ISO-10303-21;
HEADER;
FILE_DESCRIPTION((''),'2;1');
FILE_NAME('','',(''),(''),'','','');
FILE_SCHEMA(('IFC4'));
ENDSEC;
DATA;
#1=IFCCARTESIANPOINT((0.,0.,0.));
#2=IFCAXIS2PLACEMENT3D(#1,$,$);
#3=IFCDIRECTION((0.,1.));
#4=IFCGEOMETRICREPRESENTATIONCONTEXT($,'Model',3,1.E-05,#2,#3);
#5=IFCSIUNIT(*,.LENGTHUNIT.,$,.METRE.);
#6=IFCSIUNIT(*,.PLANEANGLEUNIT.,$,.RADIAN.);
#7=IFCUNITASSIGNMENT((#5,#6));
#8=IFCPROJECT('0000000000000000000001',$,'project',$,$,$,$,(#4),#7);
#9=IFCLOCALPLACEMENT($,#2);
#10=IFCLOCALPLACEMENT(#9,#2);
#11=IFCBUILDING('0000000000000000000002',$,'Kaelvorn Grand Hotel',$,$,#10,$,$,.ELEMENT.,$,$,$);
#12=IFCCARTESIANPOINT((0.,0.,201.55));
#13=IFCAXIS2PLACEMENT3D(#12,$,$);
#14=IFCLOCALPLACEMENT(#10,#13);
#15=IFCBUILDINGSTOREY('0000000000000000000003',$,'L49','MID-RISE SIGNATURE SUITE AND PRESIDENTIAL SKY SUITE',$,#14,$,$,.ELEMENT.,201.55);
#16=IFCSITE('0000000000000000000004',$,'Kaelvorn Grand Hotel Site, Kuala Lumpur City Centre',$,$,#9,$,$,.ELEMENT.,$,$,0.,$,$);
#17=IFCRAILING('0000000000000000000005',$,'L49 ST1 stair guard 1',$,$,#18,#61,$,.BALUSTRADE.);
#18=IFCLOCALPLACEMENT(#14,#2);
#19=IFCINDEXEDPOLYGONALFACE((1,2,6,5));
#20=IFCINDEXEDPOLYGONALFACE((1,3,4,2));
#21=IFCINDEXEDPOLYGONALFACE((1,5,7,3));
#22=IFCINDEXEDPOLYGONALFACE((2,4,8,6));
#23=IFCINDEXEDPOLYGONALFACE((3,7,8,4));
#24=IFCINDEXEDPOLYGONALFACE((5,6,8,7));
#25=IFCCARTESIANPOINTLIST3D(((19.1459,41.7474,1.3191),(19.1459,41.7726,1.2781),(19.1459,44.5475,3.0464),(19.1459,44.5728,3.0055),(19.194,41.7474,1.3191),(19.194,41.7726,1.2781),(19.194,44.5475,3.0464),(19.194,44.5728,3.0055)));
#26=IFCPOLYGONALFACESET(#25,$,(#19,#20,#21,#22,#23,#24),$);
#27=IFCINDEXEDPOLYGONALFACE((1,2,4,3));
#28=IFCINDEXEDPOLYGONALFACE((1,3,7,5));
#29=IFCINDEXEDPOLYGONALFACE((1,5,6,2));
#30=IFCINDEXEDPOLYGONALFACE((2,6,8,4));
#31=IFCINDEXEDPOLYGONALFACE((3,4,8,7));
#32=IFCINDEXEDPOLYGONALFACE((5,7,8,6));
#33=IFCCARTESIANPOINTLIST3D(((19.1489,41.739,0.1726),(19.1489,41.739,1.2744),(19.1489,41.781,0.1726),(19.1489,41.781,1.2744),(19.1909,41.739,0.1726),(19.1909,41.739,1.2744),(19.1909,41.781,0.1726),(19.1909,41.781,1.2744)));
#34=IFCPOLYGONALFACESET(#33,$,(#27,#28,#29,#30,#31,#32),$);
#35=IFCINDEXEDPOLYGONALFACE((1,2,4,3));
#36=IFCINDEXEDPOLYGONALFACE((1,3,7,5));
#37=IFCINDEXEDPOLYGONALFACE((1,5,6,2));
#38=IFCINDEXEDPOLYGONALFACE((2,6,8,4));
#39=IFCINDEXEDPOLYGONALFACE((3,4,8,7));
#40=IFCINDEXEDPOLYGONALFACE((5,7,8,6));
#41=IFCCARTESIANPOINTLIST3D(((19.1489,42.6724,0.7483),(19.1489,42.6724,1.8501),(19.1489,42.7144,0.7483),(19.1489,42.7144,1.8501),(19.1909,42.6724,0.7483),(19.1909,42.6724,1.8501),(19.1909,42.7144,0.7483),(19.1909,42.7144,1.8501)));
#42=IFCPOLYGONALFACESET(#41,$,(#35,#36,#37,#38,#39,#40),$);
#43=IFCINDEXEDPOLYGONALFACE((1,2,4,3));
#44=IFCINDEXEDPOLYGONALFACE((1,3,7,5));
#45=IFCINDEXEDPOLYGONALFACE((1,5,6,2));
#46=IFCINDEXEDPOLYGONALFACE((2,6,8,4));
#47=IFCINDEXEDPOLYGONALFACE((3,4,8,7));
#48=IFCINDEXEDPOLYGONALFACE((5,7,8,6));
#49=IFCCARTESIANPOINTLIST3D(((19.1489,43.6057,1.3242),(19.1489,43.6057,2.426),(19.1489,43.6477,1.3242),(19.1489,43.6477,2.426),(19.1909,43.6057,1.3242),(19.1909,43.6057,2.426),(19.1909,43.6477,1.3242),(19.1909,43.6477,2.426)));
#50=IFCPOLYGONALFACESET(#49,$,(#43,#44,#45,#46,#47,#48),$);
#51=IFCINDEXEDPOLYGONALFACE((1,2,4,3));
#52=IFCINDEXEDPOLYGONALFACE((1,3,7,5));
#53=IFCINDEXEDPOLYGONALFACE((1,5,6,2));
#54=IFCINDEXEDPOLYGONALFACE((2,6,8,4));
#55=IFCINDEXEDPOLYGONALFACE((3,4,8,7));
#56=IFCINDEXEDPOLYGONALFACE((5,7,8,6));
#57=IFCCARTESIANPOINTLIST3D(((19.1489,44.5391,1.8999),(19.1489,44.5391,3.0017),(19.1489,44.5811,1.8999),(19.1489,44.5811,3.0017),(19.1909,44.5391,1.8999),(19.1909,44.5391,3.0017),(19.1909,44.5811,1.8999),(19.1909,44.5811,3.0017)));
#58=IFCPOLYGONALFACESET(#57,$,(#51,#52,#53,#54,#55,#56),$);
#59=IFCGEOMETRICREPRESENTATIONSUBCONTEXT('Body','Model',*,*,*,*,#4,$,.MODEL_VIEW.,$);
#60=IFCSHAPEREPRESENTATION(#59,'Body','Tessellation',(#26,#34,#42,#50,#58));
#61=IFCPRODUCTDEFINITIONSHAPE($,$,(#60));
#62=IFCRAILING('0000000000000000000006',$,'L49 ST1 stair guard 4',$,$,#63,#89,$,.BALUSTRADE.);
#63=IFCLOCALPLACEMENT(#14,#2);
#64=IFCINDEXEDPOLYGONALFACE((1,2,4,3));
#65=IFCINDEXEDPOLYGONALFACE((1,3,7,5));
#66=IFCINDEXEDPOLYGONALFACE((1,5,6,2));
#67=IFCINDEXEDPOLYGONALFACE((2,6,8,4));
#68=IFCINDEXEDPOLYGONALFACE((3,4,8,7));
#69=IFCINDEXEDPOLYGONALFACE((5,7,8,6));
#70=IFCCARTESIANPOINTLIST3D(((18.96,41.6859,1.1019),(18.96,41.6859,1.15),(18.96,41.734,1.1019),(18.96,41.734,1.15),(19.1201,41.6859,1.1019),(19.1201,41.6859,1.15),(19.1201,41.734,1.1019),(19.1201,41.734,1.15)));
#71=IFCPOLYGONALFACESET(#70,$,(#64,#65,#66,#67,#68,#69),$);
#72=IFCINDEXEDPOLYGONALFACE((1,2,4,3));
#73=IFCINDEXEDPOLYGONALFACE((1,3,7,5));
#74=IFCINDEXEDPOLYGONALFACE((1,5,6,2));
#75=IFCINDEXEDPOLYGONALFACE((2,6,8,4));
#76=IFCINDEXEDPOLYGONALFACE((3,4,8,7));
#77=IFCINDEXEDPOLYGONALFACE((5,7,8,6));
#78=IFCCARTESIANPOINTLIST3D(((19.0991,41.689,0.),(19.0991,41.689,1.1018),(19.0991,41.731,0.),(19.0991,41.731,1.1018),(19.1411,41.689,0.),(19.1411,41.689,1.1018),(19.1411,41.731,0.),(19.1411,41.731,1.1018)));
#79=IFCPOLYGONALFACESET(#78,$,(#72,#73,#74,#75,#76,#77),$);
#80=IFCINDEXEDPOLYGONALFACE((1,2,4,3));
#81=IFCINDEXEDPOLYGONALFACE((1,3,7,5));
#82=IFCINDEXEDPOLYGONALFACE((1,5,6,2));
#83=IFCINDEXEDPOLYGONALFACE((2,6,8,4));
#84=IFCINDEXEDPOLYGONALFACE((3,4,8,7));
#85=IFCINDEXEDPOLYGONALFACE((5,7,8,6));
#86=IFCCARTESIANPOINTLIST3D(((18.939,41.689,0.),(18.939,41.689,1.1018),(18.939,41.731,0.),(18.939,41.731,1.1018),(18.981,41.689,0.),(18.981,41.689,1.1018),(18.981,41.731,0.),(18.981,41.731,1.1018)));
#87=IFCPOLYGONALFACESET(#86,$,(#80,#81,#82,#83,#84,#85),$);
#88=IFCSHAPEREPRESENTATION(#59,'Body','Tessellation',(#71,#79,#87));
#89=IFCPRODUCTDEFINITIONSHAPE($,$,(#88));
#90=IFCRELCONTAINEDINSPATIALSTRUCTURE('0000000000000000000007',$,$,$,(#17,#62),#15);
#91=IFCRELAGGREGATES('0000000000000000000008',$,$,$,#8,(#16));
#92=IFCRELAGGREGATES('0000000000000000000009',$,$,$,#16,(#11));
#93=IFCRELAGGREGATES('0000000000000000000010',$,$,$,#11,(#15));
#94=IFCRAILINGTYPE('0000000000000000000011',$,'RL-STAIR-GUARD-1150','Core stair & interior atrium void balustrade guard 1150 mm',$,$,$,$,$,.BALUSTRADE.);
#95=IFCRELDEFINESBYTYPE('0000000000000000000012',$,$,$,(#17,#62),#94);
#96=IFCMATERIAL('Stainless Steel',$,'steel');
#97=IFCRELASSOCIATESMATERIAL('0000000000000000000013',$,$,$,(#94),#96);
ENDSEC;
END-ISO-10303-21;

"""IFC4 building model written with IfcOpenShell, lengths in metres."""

from ifc_helpers import new_model, si_unit, direction, frame, origin, origin_2d, place, context, subcontext, project, spatial, rectangle, extrude, material, type_object, element, save


model = new_model("IFC4")

# Units and contexts
model_context = context("Model", 3, precision=1e-05, world=origin(), true_north=direction((0.0, 1.0)))
body_context = subcontext(model_context, "Body", "Model", "MODEL_VIEW")
ifc_project = project(units=[si_unit("LENGTHUNIT", "METRE"), si_unit("PLANEANGLEUNIT", "RADIAN")], contexts=[model_context])

# Site, building, storey
site_placement = place(None, origin())
site = spatial("IfcSite", under=ifc_project, at=site_placement, Name="Kaelvorn Grand Hotel Site, Kuala Lumpur City Centre", CompositionType="ELEMENT", RefElevation=0.0)
building_placement = place(site_placement, origin())
building = spatial("IfcBuilding", under=site, at=building_placement, Name="Kaelvorn Grand Hotel", CompositionType="ELEMENT")
storey_placement = place(building_placement, frame((0.0, 0.0, 201.55)))
storey = spatial("IfcBuildingStorey", under=building, at=storey_placement, Name="L49", Description="MID-RISE SIGNATURE SUITE AND PRESIDENTIAL SKY SUITE", CompositionType="ELEMENT", Elevation=201.55)

# Shared definitions
ifc_material_1 = material(Name="Stainless Steel", Category="steel")

# Railings
railing_type = type_object("IfcRailingType", Name="RL-STAIR-GUARD-1150", Description="Core stair & interior atrium void balustrade guard 1150 mm", PredefinedType="BALUSTRADE", material=ifc_material_1)
railing_1_placement = place(storey_placement, frame((19.1699, 41.76, 0.1726)))
element("IfcRailing", 1, at=railing_1_placement, inside=storey, type_object=railing_type, Name="L49 ST1 stair guard 1", PredefinedType="BALUSTRADE", context=body_context, shape_type="SweptSolid", body=[
    extrude(rectangle(XDim=0.0481, YDim=0.0481, at=origin_2d()), frame((0.0, 0.0, 1.126), z_axis=(0.0, 0.85109, 0.52502), x_axis=(-1.0, 0.0, 0.0)), (0.0, 0.0, 1.0), 3.29),
    extrude(rectangle(XDim=0.042, YDim=0.042, at=origin_2d()), origin(), (0.0, 0.0, 1.0), 1.1018),
    extrude(rectangle(XDim=0.042, YDim=0.042, at=origin_2d()), frame((0.0, 0.9333, 0.5757)), (0.0, 0.0, 1.0), 1.1018),
    extrude(rectangle(XDim=0.042, YDim=0.042, at=origin_2d()), frame((0.0, 1.8667, 1.1516)), (0.0, 0.0, 1.0), 1.1018),
    extrude(rectangle(XDim=0.042, YDim=0.042, at=origin_2d()), frame((0.0, 2.8, 1.7273)), (0.0, 0.0, 1.0), 1.1018),
])
railing_2_placement = place(storey_placement, frame((19.1201, 41.71, 0.0)))
element("IfcRailing", 2, at=railing_2_placement, inside=storey, type_object=railing_type, Name="L49 ST1 stair guard 4", PredefinedType="BALUSTRADE", context=body_context, shape_type="SweptSolid", body=[
    extrude(rectangle(XDim=0.0481, YDim=0.0481, at=origin_2d()), frame((0.0, 0.0, 1.126), z_axis=(-1.0, 0.0, 0.0), x_axis=(0.0, -1.0, 0.0)), (0.0, 0.0, 1.0), 0.1602),
    extrude(rectangle(XDim=0.042, YDim=0.042, at=origin_2d()), origin(), (0.0, 0.0, 1.0), 1.1018),
    extrude(rectangle(XDim=0.042, YDim=0.042, at=origin_2d()), frame((-0.1602, 0.0, 0.0)), (0.0, 0.0, 1.0), 1.1018),
])

save(model, "model.ifc")
